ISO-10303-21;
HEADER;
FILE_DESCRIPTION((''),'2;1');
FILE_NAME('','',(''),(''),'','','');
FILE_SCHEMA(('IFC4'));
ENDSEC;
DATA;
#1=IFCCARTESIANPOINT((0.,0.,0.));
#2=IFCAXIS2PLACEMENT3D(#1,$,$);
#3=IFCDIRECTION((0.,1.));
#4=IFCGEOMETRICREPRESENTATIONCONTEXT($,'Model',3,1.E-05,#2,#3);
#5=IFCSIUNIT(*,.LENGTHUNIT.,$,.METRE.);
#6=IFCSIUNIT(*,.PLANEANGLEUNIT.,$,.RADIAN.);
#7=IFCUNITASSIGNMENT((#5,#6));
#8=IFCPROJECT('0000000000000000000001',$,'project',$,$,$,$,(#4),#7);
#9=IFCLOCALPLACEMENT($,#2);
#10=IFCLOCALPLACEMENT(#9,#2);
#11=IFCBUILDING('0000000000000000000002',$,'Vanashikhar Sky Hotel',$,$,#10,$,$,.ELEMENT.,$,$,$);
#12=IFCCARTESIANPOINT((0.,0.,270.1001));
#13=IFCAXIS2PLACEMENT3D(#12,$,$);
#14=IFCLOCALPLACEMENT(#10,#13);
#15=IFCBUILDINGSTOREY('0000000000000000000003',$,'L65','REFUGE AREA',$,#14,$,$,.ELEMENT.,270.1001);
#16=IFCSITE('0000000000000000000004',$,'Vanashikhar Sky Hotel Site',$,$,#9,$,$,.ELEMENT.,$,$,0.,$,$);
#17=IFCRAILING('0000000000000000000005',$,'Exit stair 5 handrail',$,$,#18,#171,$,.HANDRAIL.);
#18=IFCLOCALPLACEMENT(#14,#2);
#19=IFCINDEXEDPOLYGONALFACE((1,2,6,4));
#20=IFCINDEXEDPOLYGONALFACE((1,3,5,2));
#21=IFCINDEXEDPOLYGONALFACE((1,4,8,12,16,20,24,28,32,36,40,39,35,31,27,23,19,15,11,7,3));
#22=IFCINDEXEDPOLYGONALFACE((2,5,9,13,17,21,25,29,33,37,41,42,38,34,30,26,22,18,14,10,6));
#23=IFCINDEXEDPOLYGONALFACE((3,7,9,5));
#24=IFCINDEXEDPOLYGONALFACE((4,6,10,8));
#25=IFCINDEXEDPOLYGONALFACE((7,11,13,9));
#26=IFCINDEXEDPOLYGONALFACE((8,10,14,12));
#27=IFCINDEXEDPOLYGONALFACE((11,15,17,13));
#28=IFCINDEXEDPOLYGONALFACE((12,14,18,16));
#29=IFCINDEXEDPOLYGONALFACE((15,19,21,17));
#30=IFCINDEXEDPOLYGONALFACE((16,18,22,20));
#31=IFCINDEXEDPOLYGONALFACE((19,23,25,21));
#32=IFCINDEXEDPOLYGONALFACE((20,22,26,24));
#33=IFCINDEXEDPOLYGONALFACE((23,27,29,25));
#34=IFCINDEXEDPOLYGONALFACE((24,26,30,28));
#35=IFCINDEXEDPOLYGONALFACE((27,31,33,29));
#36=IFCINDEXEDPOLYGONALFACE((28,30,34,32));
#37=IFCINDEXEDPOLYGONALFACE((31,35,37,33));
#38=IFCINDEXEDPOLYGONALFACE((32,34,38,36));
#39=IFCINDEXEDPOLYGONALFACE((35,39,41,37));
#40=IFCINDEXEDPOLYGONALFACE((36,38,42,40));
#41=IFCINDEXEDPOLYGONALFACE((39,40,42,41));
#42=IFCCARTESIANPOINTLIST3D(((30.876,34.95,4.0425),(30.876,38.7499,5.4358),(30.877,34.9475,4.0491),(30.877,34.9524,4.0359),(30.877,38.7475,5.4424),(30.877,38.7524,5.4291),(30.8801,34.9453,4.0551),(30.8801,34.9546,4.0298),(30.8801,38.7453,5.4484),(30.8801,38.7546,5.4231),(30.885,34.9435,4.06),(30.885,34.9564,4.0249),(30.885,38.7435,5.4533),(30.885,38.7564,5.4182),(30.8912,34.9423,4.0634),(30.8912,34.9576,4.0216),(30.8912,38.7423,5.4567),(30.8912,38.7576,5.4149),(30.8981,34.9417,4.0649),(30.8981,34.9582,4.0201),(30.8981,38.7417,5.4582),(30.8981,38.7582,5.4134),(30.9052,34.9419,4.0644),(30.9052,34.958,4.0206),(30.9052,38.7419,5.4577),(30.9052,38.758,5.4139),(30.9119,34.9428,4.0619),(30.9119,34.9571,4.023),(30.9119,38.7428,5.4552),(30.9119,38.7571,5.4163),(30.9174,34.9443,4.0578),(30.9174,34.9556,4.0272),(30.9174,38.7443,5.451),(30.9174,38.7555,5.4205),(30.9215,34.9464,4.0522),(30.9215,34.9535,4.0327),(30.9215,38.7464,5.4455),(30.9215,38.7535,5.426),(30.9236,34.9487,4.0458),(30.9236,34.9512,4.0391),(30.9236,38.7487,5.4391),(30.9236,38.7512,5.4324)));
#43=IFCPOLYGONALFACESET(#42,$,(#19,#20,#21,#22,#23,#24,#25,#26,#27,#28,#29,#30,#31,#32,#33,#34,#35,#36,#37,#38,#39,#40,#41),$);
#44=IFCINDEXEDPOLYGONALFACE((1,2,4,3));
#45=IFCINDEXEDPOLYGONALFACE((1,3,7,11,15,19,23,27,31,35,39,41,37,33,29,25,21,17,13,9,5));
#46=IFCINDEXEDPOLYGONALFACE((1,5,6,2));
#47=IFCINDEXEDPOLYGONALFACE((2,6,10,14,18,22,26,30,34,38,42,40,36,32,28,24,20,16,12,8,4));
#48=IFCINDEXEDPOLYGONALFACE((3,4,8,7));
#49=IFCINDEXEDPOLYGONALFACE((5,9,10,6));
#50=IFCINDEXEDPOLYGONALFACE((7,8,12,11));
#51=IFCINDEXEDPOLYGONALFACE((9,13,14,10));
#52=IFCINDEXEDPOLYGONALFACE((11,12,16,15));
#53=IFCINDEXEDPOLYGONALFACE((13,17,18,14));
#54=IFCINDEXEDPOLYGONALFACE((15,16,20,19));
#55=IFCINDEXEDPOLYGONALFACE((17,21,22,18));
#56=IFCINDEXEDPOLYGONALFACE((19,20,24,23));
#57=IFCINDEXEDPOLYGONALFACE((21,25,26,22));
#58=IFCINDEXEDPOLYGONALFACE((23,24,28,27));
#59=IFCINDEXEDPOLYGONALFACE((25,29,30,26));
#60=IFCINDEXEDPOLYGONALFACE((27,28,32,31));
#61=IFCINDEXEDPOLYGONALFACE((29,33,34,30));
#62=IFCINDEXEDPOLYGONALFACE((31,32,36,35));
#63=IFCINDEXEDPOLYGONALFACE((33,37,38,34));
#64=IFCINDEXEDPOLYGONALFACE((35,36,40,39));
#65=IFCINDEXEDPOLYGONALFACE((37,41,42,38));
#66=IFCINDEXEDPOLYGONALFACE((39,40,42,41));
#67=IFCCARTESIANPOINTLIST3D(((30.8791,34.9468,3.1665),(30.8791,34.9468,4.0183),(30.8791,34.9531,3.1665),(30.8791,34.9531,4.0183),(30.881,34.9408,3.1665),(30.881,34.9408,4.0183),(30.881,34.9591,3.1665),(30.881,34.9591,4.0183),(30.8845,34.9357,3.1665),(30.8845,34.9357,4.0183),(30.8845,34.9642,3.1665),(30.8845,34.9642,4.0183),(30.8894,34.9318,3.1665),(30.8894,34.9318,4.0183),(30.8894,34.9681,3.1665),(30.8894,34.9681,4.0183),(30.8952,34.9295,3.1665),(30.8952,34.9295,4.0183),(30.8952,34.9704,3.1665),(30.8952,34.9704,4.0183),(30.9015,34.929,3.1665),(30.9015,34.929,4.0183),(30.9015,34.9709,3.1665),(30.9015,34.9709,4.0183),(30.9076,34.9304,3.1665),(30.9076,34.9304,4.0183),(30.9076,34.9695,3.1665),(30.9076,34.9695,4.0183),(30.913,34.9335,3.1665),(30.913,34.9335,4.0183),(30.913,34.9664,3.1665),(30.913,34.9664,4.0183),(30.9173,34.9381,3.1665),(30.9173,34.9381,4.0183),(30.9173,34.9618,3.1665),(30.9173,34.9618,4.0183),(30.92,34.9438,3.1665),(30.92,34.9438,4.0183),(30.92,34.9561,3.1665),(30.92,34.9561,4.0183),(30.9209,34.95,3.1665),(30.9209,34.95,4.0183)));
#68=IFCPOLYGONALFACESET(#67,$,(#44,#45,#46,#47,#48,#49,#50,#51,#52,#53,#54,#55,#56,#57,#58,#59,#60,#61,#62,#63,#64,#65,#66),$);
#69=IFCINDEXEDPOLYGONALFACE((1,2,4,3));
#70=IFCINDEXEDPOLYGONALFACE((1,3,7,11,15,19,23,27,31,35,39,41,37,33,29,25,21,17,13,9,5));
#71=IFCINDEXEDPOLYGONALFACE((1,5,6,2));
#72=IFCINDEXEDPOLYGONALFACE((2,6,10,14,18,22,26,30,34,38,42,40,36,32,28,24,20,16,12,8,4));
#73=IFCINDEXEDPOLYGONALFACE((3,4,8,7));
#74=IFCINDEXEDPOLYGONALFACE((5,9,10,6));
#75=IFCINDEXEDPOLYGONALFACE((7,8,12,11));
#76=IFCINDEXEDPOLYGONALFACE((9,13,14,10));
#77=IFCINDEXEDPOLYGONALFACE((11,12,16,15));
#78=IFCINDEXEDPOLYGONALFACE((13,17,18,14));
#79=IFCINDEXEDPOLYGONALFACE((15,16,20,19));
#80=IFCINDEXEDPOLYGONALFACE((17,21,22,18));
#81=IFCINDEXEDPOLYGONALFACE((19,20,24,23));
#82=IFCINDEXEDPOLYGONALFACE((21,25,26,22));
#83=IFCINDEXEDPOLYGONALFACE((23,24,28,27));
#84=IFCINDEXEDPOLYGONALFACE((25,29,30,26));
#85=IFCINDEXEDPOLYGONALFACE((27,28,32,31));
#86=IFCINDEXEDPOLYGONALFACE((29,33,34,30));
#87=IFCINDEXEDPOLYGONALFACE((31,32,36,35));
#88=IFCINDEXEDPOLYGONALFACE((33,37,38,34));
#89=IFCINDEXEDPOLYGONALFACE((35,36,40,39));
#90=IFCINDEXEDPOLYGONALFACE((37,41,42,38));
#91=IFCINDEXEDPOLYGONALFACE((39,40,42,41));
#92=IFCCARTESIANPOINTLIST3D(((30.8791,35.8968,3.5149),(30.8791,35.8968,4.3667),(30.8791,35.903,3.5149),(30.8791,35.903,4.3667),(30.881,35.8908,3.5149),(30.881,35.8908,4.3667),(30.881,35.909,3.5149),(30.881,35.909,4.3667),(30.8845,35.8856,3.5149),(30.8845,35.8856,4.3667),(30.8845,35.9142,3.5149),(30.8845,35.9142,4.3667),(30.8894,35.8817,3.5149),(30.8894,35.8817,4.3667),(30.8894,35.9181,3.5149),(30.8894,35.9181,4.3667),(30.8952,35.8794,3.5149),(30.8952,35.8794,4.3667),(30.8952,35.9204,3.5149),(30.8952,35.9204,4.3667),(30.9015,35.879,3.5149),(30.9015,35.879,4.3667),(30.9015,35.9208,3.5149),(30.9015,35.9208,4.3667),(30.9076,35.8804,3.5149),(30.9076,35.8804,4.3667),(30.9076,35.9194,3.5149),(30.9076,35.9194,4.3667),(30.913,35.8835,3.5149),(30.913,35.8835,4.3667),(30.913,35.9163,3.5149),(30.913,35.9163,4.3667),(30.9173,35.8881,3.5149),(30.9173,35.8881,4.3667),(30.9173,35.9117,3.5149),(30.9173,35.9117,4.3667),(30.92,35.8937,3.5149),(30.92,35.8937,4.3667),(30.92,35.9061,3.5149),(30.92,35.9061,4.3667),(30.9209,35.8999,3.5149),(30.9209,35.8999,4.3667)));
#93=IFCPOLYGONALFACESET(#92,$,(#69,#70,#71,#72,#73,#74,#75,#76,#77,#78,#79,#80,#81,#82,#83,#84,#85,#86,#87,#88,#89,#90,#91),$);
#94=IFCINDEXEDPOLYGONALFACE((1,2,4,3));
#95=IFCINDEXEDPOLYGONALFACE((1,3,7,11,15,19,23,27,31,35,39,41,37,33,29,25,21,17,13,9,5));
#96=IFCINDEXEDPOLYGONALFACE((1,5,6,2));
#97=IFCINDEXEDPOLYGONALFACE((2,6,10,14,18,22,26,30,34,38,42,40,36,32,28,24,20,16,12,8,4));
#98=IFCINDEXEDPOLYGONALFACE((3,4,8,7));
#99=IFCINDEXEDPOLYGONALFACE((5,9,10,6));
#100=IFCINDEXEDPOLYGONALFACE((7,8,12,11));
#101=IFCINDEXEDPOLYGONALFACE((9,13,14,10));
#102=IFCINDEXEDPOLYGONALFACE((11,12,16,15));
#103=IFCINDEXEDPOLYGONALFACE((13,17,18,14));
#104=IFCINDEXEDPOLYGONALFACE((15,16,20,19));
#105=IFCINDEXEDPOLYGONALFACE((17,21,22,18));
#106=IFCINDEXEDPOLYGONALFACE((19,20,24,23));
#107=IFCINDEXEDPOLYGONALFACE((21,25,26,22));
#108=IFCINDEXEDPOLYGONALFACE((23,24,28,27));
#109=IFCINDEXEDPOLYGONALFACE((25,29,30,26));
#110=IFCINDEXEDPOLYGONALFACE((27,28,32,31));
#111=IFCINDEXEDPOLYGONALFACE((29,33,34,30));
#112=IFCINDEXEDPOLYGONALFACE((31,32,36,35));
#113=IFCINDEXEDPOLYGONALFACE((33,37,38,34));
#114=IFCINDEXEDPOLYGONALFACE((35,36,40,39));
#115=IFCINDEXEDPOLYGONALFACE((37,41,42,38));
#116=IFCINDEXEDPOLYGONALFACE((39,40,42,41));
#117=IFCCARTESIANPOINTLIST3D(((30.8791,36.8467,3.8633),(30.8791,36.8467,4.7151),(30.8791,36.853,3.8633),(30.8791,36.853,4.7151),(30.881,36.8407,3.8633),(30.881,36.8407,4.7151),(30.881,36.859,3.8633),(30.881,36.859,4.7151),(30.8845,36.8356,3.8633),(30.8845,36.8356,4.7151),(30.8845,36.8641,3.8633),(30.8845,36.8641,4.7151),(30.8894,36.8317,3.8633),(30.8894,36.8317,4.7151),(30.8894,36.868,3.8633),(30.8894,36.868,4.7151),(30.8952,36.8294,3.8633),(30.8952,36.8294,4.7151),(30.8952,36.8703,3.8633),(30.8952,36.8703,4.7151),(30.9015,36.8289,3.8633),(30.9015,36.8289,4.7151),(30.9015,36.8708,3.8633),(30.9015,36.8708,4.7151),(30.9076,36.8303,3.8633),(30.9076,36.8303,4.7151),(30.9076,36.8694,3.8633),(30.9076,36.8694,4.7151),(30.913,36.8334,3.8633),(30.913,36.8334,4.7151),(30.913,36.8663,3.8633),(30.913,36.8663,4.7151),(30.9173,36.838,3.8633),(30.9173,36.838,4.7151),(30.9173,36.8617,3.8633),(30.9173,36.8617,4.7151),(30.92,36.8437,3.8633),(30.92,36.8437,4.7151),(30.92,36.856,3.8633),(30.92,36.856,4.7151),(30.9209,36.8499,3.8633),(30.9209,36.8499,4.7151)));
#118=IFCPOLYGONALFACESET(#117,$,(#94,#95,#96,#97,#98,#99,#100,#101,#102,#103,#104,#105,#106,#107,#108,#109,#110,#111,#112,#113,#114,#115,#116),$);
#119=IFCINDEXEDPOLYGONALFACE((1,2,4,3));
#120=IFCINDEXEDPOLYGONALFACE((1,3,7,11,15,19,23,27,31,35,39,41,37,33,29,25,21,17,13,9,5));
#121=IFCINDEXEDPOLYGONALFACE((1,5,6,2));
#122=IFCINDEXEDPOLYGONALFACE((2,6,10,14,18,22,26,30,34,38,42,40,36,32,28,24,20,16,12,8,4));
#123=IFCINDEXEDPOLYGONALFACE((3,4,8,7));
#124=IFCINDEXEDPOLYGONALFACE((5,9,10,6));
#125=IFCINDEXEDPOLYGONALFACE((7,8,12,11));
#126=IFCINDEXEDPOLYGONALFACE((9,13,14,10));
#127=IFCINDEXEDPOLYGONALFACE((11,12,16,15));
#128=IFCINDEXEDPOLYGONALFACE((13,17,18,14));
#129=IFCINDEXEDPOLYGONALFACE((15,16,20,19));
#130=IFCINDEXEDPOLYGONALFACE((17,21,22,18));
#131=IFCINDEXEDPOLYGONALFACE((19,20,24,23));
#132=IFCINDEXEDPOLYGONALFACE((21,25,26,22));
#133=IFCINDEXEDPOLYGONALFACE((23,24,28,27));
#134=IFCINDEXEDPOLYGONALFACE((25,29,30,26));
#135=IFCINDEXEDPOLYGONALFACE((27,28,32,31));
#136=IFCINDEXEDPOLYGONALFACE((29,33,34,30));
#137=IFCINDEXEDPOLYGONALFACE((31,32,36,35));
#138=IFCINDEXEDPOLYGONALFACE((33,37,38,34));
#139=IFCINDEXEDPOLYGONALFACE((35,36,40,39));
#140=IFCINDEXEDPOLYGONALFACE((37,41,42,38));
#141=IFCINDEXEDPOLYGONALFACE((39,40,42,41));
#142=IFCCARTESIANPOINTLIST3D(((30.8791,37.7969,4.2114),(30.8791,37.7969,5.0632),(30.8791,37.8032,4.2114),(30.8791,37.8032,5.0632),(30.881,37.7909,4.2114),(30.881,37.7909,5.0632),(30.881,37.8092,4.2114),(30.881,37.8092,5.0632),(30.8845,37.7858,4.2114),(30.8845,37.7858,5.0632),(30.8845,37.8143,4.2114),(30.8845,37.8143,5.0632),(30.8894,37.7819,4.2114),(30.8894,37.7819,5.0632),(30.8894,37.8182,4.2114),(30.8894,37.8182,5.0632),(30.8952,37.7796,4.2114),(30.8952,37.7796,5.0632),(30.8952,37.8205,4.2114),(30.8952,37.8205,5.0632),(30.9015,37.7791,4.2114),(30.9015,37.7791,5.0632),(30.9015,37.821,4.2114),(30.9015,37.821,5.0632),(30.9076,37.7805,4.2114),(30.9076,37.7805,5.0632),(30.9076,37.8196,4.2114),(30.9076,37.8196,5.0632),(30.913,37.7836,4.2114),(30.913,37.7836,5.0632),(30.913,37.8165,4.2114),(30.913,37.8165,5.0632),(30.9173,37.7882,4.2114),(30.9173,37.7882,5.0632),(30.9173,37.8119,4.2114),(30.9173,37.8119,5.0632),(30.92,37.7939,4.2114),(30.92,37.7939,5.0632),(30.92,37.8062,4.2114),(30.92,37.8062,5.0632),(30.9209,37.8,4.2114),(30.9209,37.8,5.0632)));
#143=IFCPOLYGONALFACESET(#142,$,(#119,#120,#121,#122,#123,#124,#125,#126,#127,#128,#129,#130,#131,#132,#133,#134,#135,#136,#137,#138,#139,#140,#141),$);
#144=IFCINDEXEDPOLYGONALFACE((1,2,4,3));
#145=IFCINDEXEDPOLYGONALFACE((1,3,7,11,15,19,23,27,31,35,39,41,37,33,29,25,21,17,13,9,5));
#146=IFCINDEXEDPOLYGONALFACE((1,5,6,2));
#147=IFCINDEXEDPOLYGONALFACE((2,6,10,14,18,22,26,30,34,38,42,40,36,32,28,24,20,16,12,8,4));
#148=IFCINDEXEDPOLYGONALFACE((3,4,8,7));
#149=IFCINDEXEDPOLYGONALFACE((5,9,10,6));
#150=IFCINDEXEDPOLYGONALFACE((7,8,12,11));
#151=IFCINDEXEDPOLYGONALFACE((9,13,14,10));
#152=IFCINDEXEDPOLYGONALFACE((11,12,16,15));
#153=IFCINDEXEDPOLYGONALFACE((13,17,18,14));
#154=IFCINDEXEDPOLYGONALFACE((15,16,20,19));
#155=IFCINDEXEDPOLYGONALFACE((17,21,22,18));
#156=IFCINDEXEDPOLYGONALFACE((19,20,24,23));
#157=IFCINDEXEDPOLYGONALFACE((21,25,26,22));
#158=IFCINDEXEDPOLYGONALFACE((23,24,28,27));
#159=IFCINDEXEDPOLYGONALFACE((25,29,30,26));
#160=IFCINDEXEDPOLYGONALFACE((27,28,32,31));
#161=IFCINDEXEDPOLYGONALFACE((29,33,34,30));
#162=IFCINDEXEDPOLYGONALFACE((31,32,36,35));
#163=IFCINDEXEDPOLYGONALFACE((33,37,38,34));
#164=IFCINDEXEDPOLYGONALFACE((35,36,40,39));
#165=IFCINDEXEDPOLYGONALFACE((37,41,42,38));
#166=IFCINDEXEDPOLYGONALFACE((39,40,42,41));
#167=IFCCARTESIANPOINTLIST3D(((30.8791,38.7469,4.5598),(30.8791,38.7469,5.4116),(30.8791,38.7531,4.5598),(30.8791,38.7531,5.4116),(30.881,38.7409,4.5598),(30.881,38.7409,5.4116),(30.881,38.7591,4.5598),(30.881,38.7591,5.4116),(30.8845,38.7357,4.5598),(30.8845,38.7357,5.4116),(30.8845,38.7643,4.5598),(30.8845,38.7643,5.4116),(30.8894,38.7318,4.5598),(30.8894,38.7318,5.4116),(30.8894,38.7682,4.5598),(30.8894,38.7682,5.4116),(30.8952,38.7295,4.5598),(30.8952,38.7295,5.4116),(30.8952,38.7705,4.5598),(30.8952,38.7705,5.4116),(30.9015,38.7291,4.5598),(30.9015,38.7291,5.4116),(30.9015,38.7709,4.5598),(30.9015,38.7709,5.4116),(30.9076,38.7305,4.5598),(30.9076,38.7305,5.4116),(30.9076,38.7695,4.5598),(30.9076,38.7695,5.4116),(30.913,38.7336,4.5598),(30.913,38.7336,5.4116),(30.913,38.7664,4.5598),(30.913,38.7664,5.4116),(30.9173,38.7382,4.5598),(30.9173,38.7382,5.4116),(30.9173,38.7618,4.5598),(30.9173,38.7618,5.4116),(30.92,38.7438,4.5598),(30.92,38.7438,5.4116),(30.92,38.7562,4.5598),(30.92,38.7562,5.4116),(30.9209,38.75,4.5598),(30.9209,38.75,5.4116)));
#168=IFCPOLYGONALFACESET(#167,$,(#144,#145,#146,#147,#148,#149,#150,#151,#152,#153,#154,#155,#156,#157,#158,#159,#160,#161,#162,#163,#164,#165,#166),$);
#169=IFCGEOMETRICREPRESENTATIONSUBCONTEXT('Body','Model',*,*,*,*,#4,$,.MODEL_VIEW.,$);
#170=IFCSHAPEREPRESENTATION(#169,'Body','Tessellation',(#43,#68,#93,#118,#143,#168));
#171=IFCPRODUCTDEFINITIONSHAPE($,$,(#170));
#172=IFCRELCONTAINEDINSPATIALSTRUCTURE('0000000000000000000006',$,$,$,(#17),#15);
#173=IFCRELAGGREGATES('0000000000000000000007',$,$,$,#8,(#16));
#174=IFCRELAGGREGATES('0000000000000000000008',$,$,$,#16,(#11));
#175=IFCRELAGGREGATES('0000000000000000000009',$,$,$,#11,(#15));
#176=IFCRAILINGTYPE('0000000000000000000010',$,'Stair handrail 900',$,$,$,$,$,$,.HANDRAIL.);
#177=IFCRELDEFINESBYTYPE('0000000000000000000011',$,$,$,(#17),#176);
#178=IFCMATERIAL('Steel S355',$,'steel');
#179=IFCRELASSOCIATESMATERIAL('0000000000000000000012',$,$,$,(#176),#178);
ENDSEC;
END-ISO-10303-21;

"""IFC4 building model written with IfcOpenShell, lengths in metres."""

from ifc_helpers import new_model, si_unit, direction, frame, origin, origin_2d, place, context, subcontext, project, spatial, circle, extrude, source, transform, mapped, material, type_object, element, save


model = new_model("IFC4")

# Units and contexts
model_context = context("Model", 3, precision=1e-05, world=origin(), true_north=direction((0.0, 1.0)))
body_context = subcontext(model_context, "Body", "Model", "MODEL_VIEW")
ifc_project = project(units=[si_unit("LENGTHUNIT", "METRE"), si_unit("PLANEANGLEUNIT", "RADIAN")], contexts=[model_context])

# Site, building, storey
site_placement = place(None, origin())
site = spatial("IfcSite", under=ifc_project, at=site_placement, Name="Vanashikhar Sky Hotel Site", CompositionType="ELEMENT", RefElevation=0.0)
building_placement = place(site_placement, origin())
building = spatial("IfcBuilding", under=site, at=building_placement, Name="Vanashikhar Sky Hotel", CompositionType="ELEMENT")
storey_placement = place(building_placement, frame((0.0, 0.0, 270.1001)))
storey = spatial("IfcBuildingStorey", under=building, at=storey_placement, Name="L65", Description="REFUGE AREA", CompositionType="ELEMENT", Elevation=270.1001)

# Railing
ifc_material_1 = material(Name="Steel S355", Category="steel")
railing_type_1 = type_object("IfcRailingType", Name="Stair handrail 900", PredefinedType="HANDRAIL", material=ifc_material_1)
shared_shape_1 = source(origin(), body_context, "Body", "SweptSolid", [
    extrude(circle(Radius=0.0239, at=origin_2d()), frame((0.0, 0.0, 0.876), z_axis=(0.0, 0.93888, 0.344246), x_axis=(-1.0, 0.0, 0.0)), (0.0, 0.0, 1.0), 4.0474),
    extrude(circle(Radius=0.021, at=origin_2d()), origin(), (0.0, 0.0, 1.0), 0.8518),
    extrude(circle(Radius=0.021, at=origin_2d()), frame((0.0, 0.95, 0.3484)), (0.0, 0.0, 1.0), 0.8518),
    extrude(circle(Radius=0.021, at=origin_2d()), frame((0.0, 1.8999, 0.6968)), (0.0, 0.0, 1.0), 0.8518),
    extrude(circle(Radius=0.021, at=origin_2d()), frame((0.0, 2.8501, 1.0449)), (0.0, 0.0, 1.0), 0.8518),
    extrude(circle(Radius=0.021, at=origin_2d()), frame((0.0, 3.8, 1.3933)), (0.0, 0.0, 1.0), 0.8518),
])
for number, where, name in (
    (1, (30.8999, 34.95, 3.1665), "Exit stair 5 handrail"),
):
    element("IfcRailing", number, at=place(storey_placement, frame(where)), inside=storey, type_object=railing_type_1, Name=name, PredefinedType="HANDRAIL", context=body_context, shape_type="MappedRepresentation", body=[
        mapped(shared_shape_1, transform((0.0, 0.0, 0.0), scale=1.0)),
    ])

save(model, "model.ifc")
